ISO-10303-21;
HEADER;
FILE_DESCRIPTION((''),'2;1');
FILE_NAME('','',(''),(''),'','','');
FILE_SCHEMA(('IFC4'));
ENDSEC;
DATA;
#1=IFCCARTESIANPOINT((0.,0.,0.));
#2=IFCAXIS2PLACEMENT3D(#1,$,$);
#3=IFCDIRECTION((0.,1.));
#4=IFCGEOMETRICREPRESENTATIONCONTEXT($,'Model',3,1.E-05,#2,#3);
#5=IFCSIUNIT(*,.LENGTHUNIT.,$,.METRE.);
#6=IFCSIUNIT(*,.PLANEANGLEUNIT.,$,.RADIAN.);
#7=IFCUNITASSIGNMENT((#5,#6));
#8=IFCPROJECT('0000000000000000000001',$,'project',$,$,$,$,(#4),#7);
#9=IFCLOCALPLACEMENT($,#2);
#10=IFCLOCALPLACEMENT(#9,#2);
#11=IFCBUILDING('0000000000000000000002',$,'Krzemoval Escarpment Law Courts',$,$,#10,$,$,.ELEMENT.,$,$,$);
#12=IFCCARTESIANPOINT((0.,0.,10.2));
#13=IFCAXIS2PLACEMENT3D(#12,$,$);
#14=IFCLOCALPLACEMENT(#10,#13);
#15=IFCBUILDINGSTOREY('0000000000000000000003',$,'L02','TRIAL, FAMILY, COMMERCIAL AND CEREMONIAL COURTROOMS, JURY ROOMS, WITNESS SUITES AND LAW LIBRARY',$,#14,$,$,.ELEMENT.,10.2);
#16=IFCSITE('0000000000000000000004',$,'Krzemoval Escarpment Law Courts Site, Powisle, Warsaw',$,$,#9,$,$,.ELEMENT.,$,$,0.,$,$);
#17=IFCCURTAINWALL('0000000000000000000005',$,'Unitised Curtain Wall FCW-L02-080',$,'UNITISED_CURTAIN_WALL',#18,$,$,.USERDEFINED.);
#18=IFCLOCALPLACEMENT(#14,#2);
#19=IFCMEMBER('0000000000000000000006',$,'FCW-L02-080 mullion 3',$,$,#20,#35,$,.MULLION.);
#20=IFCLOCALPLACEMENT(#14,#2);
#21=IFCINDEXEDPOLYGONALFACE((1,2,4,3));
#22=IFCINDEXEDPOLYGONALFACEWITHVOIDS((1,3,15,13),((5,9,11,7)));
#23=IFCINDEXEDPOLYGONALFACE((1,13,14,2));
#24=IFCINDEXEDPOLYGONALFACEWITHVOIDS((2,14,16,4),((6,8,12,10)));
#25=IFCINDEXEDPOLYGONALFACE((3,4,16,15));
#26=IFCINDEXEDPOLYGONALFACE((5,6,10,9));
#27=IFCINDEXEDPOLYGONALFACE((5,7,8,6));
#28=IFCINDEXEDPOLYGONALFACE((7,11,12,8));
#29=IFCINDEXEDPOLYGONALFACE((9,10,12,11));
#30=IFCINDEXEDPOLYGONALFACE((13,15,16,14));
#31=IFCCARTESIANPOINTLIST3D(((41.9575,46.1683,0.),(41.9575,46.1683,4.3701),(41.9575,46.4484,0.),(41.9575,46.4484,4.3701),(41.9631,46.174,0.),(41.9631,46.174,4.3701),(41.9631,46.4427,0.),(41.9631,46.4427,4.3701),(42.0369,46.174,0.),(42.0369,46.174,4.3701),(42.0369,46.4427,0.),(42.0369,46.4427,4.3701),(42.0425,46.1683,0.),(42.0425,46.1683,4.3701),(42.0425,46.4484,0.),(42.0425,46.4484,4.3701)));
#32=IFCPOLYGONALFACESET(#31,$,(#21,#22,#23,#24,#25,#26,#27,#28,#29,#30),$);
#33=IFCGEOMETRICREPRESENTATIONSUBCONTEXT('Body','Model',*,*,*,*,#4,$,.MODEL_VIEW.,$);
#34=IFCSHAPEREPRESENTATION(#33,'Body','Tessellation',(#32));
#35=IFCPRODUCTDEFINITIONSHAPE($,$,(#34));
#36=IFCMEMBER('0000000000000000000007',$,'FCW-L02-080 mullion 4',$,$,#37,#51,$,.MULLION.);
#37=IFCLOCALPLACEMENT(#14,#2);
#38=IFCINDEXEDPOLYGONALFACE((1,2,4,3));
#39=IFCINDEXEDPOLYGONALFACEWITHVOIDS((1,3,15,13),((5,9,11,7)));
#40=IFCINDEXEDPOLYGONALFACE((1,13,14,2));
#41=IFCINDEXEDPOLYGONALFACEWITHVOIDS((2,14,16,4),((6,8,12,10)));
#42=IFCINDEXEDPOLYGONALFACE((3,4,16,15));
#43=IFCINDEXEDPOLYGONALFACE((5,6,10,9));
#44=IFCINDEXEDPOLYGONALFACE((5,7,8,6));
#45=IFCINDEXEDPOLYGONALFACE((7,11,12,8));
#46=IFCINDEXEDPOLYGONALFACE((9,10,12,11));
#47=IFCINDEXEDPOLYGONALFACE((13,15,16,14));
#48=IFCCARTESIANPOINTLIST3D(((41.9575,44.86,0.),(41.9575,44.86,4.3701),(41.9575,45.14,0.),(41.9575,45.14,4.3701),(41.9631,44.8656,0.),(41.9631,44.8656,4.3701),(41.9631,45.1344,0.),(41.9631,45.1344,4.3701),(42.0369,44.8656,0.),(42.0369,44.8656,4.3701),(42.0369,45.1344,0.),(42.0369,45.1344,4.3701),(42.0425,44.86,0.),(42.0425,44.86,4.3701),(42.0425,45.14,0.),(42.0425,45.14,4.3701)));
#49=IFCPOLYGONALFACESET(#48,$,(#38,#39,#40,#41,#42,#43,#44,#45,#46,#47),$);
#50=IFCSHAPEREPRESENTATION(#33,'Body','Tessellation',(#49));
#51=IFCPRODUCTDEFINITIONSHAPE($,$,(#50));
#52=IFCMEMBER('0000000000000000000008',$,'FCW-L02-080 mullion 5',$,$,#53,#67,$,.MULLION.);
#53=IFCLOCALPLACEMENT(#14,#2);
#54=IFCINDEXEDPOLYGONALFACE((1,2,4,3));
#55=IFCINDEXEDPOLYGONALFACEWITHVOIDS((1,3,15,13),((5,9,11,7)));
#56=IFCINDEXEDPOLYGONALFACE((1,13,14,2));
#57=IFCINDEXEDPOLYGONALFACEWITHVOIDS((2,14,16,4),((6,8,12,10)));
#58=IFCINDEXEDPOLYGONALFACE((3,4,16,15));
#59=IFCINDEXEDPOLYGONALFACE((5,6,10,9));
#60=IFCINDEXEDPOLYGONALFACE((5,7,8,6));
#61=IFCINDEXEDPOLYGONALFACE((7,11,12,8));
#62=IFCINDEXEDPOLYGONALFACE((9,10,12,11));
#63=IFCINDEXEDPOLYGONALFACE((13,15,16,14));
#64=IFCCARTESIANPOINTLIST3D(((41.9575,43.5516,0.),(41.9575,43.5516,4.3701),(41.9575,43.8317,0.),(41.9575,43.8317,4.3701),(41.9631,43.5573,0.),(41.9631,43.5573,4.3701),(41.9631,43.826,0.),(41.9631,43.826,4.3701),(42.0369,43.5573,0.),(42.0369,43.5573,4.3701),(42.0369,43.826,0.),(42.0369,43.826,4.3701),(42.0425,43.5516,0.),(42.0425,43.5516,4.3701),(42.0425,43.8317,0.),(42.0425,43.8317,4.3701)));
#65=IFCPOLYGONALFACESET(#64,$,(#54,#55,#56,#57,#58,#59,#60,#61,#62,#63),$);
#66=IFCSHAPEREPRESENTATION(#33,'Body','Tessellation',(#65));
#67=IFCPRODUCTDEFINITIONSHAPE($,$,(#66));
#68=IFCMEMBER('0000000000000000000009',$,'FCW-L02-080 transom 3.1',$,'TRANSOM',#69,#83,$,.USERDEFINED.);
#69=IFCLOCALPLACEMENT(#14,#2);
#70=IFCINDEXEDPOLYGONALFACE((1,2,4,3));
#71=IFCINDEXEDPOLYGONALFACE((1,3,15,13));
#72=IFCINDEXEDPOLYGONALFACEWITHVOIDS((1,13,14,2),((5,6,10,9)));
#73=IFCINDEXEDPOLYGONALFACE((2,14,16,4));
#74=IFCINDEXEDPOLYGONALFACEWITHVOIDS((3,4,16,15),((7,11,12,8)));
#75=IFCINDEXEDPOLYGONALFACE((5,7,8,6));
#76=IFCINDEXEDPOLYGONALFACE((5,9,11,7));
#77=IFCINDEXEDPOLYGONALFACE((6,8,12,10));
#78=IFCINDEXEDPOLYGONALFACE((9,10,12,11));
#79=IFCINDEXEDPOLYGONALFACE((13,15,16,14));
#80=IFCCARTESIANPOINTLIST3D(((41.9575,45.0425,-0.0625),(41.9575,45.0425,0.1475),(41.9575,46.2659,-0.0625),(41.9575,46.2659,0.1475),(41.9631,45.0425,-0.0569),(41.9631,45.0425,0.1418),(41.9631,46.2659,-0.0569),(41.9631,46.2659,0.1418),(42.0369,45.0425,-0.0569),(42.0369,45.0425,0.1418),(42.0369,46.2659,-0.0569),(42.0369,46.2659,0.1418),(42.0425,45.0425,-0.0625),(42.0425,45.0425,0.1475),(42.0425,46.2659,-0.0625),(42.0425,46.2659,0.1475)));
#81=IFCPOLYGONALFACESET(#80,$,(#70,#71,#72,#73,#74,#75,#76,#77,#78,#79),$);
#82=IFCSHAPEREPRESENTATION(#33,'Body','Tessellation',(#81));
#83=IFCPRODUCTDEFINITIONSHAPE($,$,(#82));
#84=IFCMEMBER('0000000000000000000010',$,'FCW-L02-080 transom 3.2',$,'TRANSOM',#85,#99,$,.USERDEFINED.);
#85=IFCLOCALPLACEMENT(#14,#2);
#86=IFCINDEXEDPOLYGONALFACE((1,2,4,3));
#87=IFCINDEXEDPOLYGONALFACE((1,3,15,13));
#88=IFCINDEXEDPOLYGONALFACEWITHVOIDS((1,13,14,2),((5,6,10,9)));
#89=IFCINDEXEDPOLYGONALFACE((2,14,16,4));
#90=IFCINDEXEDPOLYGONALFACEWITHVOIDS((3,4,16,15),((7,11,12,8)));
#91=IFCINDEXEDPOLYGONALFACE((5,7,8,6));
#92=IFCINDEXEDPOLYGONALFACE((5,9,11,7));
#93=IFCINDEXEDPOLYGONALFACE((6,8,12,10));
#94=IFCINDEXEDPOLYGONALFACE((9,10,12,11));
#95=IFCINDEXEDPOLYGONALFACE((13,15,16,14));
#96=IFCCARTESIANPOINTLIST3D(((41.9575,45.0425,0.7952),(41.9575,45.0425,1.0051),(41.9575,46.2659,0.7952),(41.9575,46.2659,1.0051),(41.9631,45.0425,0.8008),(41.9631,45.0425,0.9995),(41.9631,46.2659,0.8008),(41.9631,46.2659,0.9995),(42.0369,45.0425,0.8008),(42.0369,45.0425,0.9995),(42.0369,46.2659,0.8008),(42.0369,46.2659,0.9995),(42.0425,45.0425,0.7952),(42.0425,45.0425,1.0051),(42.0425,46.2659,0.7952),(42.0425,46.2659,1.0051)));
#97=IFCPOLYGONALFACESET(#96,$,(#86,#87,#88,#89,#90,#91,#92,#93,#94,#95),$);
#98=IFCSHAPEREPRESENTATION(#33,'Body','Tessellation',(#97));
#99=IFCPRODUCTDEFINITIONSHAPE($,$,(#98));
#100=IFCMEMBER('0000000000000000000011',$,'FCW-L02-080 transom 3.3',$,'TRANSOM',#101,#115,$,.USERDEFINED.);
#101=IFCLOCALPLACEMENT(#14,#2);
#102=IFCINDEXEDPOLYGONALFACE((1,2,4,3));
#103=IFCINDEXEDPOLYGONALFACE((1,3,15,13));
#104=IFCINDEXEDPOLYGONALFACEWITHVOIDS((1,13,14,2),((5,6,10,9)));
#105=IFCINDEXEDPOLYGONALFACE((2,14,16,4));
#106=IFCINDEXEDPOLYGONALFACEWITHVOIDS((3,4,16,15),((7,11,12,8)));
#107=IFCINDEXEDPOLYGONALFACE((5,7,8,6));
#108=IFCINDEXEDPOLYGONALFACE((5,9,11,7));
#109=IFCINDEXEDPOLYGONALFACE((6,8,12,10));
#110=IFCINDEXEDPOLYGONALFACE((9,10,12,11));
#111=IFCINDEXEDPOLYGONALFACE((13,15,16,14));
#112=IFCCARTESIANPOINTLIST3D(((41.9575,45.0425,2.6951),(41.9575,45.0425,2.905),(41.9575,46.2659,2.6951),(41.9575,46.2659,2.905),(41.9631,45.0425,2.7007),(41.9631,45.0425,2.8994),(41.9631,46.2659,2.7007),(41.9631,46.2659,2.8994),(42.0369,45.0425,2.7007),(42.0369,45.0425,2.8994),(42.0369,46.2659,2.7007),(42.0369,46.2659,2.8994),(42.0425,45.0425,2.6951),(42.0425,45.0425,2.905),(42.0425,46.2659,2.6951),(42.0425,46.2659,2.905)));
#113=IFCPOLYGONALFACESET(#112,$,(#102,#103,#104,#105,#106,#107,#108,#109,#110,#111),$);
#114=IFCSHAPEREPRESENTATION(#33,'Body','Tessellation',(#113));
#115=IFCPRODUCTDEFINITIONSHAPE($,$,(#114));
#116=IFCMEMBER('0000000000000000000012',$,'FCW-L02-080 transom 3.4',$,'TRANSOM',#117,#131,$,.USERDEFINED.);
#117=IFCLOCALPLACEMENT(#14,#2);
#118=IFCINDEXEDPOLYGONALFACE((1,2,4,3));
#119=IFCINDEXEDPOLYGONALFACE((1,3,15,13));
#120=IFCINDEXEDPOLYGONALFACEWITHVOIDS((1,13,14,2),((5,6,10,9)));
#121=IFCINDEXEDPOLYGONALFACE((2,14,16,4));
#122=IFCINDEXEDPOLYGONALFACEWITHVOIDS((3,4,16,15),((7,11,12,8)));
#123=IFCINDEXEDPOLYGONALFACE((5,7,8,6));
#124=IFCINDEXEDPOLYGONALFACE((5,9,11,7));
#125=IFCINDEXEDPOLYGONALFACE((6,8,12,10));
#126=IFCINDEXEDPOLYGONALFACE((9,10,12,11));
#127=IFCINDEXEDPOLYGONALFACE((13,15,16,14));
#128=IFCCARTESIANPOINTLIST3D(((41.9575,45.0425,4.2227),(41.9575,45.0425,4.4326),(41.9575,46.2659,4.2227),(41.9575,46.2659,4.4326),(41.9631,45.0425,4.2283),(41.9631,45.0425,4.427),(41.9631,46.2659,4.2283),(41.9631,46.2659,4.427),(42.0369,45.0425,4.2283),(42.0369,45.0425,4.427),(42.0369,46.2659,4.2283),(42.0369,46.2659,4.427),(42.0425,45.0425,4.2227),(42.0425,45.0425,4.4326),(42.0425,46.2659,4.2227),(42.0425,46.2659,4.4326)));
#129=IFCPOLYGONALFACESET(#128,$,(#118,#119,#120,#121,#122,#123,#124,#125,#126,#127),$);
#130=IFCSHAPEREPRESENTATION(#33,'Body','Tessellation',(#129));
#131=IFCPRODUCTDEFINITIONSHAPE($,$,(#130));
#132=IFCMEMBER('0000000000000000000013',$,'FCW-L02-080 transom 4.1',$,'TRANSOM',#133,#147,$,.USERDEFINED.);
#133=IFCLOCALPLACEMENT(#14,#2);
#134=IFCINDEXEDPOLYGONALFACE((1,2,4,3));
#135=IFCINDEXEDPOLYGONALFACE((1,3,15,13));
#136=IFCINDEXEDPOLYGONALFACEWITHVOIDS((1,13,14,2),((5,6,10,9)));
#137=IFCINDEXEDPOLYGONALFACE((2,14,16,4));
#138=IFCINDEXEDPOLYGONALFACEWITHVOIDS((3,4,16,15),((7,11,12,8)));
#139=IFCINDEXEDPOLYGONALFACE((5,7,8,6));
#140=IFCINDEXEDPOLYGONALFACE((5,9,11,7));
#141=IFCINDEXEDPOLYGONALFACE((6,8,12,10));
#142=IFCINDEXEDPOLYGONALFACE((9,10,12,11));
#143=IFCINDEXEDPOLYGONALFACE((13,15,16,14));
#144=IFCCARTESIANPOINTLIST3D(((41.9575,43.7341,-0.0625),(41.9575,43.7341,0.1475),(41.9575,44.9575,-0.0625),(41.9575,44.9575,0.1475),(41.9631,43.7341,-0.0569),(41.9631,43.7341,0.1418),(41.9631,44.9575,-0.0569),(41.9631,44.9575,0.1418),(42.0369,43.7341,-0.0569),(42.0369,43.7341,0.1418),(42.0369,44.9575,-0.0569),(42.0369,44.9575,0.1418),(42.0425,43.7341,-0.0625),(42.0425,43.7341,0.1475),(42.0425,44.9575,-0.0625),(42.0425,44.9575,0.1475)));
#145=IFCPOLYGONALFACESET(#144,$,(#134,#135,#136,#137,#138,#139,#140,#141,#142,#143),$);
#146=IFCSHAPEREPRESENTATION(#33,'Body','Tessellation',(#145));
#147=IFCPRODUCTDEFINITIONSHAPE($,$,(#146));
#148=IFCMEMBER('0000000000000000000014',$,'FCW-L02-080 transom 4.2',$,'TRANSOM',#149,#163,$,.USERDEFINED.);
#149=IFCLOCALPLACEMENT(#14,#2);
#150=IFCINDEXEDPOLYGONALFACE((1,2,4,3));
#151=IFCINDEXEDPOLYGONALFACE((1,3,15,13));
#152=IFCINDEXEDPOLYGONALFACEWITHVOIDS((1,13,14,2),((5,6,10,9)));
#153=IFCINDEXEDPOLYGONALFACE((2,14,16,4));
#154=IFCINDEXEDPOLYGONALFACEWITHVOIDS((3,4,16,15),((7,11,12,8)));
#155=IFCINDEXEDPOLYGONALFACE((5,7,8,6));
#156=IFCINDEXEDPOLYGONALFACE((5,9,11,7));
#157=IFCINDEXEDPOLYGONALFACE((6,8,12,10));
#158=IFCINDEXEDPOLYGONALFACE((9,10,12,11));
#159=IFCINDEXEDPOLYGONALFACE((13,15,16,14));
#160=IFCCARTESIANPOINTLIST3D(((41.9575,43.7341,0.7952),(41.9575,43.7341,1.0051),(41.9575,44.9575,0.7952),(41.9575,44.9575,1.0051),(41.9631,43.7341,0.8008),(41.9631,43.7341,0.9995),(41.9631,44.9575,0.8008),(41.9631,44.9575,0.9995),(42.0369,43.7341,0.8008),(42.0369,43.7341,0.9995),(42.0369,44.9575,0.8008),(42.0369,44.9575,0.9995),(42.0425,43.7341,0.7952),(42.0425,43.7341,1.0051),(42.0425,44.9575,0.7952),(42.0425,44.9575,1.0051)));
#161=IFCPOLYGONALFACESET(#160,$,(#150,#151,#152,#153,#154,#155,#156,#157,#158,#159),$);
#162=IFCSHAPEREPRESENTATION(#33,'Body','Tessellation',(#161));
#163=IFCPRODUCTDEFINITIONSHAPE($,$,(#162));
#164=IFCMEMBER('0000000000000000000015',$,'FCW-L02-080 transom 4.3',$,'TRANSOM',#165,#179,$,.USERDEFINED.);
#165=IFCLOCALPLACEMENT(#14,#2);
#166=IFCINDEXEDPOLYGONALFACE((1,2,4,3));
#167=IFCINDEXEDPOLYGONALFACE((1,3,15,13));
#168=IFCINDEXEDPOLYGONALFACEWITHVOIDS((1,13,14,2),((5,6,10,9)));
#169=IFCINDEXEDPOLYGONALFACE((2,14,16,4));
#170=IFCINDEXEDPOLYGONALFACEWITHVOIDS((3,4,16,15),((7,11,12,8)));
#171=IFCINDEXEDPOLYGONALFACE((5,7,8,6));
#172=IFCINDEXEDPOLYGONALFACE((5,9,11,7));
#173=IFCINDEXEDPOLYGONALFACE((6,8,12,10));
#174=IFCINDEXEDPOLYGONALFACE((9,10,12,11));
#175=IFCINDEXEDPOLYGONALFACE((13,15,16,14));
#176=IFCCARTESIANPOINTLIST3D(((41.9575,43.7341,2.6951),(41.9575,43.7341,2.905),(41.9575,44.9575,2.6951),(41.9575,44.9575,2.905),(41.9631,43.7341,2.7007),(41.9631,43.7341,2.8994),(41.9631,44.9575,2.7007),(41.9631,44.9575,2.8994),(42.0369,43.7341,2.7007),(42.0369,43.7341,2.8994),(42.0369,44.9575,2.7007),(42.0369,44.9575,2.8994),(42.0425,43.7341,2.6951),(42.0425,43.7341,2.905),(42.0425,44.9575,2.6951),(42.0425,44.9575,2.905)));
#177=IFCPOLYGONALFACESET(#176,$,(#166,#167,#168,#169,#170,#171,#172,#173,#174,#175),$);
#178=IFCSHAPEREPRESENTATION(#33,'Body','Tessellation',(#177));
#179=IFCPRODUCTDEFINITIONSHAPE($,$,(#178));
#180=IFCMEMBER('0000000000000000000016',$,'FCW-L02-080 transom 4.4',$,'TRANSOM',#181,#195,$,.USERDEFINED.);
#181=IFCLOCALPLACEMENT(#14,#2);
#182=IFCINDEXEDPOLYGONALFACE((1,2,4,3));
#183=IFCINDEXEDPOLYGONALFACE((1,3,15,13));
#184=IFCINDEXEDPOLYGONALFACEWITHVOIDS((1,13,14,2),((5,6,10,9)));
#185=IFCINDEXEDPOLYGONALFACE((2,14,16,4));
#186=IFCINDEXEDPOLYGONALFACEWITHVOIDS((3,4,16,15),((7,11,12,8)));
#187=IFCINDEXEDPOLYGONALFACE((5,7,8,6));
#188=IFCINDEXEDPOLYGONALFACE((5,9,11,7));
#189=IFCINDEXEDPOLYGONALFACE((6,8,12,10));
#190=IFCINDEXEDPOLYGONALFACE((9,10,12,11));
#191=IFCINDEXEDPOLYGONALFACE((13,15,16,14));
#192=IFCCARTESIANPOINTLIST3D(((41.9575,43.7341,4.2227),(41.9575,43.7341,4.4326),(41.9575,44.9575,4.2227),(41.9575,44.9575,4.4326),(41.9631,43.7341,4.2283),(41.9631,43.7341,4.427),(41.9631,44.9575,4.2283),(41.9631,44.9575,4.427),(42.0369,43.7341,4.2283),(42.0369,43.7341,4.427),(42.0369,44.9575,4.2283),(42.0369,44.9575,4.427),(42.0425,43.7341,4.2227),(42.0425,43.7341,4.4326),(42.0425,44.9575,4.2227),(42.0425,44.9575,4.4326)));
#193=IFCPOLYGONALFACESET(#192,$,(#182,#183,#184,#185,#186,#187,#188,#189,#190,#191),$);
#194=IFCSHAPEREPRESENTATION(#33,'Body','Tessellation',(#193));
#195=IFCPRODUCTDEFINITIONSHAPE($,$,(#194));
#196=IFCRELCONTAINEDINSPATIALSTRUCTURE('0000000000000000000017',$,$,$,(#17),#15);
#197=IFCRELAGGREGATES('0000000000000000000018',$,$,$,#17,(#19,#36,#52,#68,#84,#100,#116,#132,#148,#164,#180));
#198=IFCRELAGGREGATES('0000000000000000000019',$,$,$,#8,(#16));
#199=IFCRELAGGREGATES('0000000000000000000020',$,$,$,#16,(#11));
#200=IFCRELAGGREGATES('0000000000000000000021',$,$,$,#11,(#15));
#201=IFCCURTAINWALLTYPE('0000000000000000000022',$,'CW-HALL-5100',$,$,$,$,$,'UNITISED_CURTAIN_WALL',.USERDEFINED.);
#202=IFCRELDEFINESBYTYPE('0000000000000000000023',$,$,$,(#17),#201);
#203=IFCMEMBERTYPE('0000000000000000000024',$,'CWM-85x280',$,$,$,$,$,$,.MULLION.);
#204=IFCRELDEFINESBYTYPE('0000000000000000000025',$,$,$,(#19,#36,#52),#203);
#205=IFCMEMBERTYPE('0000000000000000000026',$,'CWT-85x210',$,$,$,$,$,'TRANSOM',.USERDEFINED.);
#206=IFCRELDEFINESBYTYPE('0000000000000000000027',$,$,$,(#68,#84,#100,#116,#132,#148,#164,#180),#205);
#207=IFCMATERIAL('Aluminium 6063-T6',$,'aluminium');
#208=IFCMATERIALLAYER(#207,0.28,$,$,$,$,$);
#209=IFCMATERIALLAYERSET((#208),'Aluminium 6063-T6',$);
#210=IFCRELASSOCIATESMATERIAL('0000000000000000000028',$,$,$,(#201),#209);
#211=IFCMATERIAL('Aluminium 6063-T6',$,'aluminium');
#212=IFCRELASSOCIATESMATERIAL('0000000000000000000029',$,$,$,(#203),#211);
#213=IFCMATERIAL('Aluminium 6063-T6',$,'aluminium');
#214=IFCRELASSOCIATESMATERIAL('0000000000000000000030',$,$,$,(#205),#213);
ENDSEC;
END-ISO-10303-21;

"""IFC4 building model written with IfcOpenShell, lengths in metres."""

from ifc_helpers import new_model, si_unit, direction, frame, origin, origin_2d, place, context, subcontext, project, spatial, hollow_rectangle, extrude, material, layer, layer_set, material_profile, profile_set, type_object, element, aggregate, save


model = new_model("IFC4")

# Units and contexts
model_context = context("Model", 3, precision=1e-05, world=origin(), true_north=direction((0.0, 1.0)))
body_context = subcontext(model_context, "Body", "Model", "MODEL_VIEW")
ifc_project = project(units=[si_unit("LENGTHUNIT", "METRE"), si_unit("PLANEANGLEUNIT", "RADIAN")], contexts=[model_context])

# Site, building, storey
site_placement = place(None, origin())
site = spatial("IfcSite", under=ifc_project, at=site_placement, Name="Krzemoval Escarpment Law Courts Site, Powisle, Warsaw", CompositionType="ELEMENT", RefElevation=0.0)
building_placement = place(site_placement, origin())
building = spatial("IfcBuilding", under=site, at=building_placement, Name="Krzemoval Escarpment Law Courts", CompositionType="ELEMENT")
storey_placement = place(building_placement, frame((0.0, 0.0, 10.2)))
storey = spatial("IfcBuildingStorey", under=building, at=storey_placement, Name="L02", Description="TRIAL, FAMILY, COMMERCIAL AND CEREMONIAL COURTROOMS, JURY ROOMS, WITNESS SUITES AND LAW LIBRARY", CompositionType="ELEMENT", Elevation=10.2)

# Curtain wall, members
ifc_material_1 = material(Name="Aluminium 6063-T6", Category="aluminium")
ifc_layer_1 = layer(ifc_material_1, 0.28)
ifc_layer_set_1 = layer_set([ifc_layer_1], Name="Aluminium 6063-T6")
curtain_wall_type = type_object("IfcCurtainWallType", Name="CW-HALL-5100", ElementType="UNITISED_CURTAIN_WALL", PredefinedType="USERDEFINED", material=ifc_layer_set_1)
curtain_wall_placement = place(storey_placement, origin())
curtain_wall = element("IfcCurtainWall", 1, at=curtain_wall_placement, inside=storey, type_object=curtain_wall_type, Name="Unitised Curtain Wall FCW-L02-080", ObjectType="UNITISED_CURTAIN_WALL", PredefinedType="USERDEFINED")
ifc_material_2 = material(Name="Aluminium 6063-T6", Category="aluminium")
ifc_material_profile_1 = material_profile(ifc_material_2, hollow_rectangle(XDim=0.085, YDim=0.28, WallThickness=0.0056, at=origin_2d()), Name="ALU M85x280")
ifc_profile_set_1 = profile_set([ifc_material_profile_1], Name="Aluminium 6063-T6")
member_type_1 = type_object("IfcMemberType", Name="CWM-85x280", PredefinedType="MULLION", material=ifc_profile_set_1)
member_1_placement = place(storey_placement, frame((42.0, 46.3083, 0.0), z_axis=(0.0, 0.0, 1.0), x_axis=(1.0, 0.0, 0.0)))
member_1 = element("IfcMember", 2, at=member_1_placement, type_object=member_type_1, Name="FCW-L02-080 mullion 3", PredefinedType="MULLION", context=body_context, shape_type="SweptSolid", body=[
    extrude(hollow_rectangle(XDim=0.085, YDim=0.28, WallThickness=0.0056, at=origin_2d()), origin(), (0.0, 0.0, 1.0), 4.3701),
])
member_2_placement = place(storey_placement, frame((42.0, 45.0, 0.0), z_axis=(0.0, 0.0, 1.0), x_axis=(1.0, 0.0, 0.0)))
member_2 = element("IfcMember", 3, at=member_2_placement, type_object=member_type_1, Name="FCW-L02-080 mullion 4", PredefinedType="MULLION", context=body_context, shape_type="SweptSolid", body=[
    extrude(hollow_rectangle(XDim=0.085, YDim=0.28, WallThickness=0.0056, at=origin_2d()), origin(), (0.0, 0.0, 1.0), 4.3701),
])
member_3_placement = place(storey_placement, frame((42.0, 43.6917, 0.0), z_axis=(0.0, 0.0, 1.0), x_axis=(1.0, 0.0, 0.0)))
member_3 = element("IfcMember", 4, at=member_3_placement, type_object=member_type_1, Name="FCW-L02-080 mullion 5", PredefinedType="MULLION", context=body_context, shape_type="SweptSolid", body=[
    extrude(hollow_rectangle(XDim=0.085, YDim=0.28, WallThickness=0.0056, at=origin_2d()), origin(), (0.0, 0.0, 1.0), 4.3701),
])
ifc_material_3 = material(Name="Aluminium 6063-T6", Category="aluminium")
ifc_material_profile_2 = material_profile(ifc_material_3, hollow_rectangle(XDim=0.085, YDim=0.21, WallThickness=0.0056, at=origin_2d()), Name="ALU T85x210")
ifc_profile_set_2 = profile_set([ifc_material_profile_2], Name="Aluminium 6063-T6")
member_type_2 = type_object("IfcMemberType", Name="CWT-85x210", ElementType="TRANSOM", PredefinedType="USERDEFINED", material=ifc_profile_set_2)
member_4_placement = place(storey_placement, frame((42.0, 46.2659, 0.0425), z_axis=(0.0, -1.0, 0.0), x_axis=(1.0, 0.0, 0.0)))
member_4 = element("IfcMember", 5, at=member_4_placement, type_object=member_type_2, Name="FCW-L02-080 transom 3.1", ObjectType="TRANSOM", PredefinedType="USERDEFINED", context=body_context, shape_type="SweptSolid", body=[
    extrude(hollow_rectangle(XDim=0.085, YDim=0.21, WallThickness=0.0056, at=origin_2d()), origin(), (0.0, 0.0, 1.0), 1.2234),
])
member_5_placement = place(storey_placement, frame((42.0, 46.2659, 0.9001), z_axis=(0.0, -1.0, 0.0), x_axis=(1.0, 0.0, 0.0)))
member_5 = element("IfcMember", 6, at=member_5_placement, type_object=member_type_2, Name="FCW-L02-080 transom 3.2", ObjectType="TRANSOM", PredefinedType="USERDEFINED", context=body_context, shape_type="SweptSolid", body=[
    extrude(hollow_rectangle(XDim=0.085, YDim=0.21, WallThickness=0.0056, at=origin_2d()), origin(), (0.0, 0.0, 1.0), 1.2234),
])
member_6_placement = place(storey_placement, frame((42.0, 46.2659, 2.8), z_axis=(0.0, -1.0, 0.0), x_axis=(1.0, 0.0, 0.0)))
member_6 = element("IfcMember", 7, at=member_6_placement, type_object=member_type_2, Name="FCW-L02-080 transom 3.3", ObjectType="TRANSOM", PredefinedType="USERDEFINED", context=body_context, shape_type="SweptSolid", body=[
    extrude(hollow_rectangle(XDim=0.085, YDim=0.21, WallThickness=0.0056, at=origin_2d()), origin(), (0.0, 0.0, 1.0), 1.2234),
])
member_7_placement = place(storey_placement, frame((42.0, 46.2659, 4.3276), z_axis=(0.0, -1.0, 0.0), x_axis=(1.0, 0.0, 0.0)))
member_7 = element("IfcMember", 8, at=member_7_placement, type_object=member_type_2, Name="FCW-L02-080 transom 3.4", ObjectType="TRANSOM", PredefinedType="USERDEFINED", context=body_context, shape_type="SweptSolid", body=[
    extrude(hollow_rectangle(XDim=0.085, YDim=0.21, WallThickness=0.0056, at=origin_2d()), origin(), (0.0, 0.0, 1.0), 1.2234),
])
member_8_placement = place(storey_placement, frame((42.0, 44.9575, 0.0425), z_axis=(0.0, -1.0, 0.0), x_axis=(1.0, 0.0, 0.0)))
member_8 = element("IfcMember", 9, at=member_8_placement, type_object=member_type_2, Name="FCW-L02-080 transom 4.1", ObjectType="TRANSOM", PredefinedType="USERDEFINED", context=body_context, shape_type="SweptSolid", body=[
    extrude(hollow_rectangle(XDim=0.085, YDim=0.21, WallThickness=0.0056, at=origin_2d()), origin(), (0.0, 0.0, 1.0), 1.2234),
])
member_9_placement = place(storey_placement, frame((42.0, 44.9575, 0.9001), z_axis=(0.0, -1.0, 0.0), x_axis=(1.0, 0.0, 0.0)))
member_9 = element("IfcMember", 10, at=member_9_placement, type_object=member_type_2, Name="FCW-L02-080 transom 4.2", ObjectType="TRANSOM", PredefinedType="USERDEFINED", context=body_context, shape_type="SweptSolid", body=[
    extrude(hollow_rectangle(XDim=0.085, YDim=0.21, WallThickness=0.0056, at=origin_2d()), origin(), (0.0, 0.0, 1.0), 1.2234),
])
member_10_placement = place(storey_placement, frame((42.0, 44.9575, 2.8), z_axis=(0.0, -1.0, 0.0), x_axis=(1.0, 0.0, 0.0)))
member_10 = element("IfcMember", 11, at=member_10_placement, type_object=member_type_2, Name="FCW-L02-080 transom 4.3", ObjectType="TRANSOM", PredefinedType="USERDEFINED", context=body_context, shape_type="SweptSolid", body=[
    extrude(hollow_rectangle(XDim=0.085, YDim=0.21, WallThickness=0.0056, at=origin_2d()), origin(), (0.0, 0.0, 1.0), 1.2234),
])
member_11_placement = place(storey_placement, frame((42.0, 44.9575, 4.3276), z_axis=(0.0, -1.0, 0.0), x_axis=(1.0, 0.0, 0.0)))
member_11 = element("IfcMember", 12, at=member_11_placement, type_object=member_type_2, Name="FCW-L02-080 transom 4.4", ObjectType="TRANSOM", PredefinedType="USERDEFINED", context=body_context, shape_type="SweptSolid", body=[
    extrude(hollow_rectangle(XDim=0.085, YDim=0.21, WallThickness=0.0056, at=origin_2d()), origin(), (0.0, 0.0, 1.0), 1.2234),
])
aggregate(curtain_wall, [member_1, member_2, member_3, member_4, member_5, member_6, member_7, member_8, member_9, member_10, member_11])

save(model, "model.ifc")
